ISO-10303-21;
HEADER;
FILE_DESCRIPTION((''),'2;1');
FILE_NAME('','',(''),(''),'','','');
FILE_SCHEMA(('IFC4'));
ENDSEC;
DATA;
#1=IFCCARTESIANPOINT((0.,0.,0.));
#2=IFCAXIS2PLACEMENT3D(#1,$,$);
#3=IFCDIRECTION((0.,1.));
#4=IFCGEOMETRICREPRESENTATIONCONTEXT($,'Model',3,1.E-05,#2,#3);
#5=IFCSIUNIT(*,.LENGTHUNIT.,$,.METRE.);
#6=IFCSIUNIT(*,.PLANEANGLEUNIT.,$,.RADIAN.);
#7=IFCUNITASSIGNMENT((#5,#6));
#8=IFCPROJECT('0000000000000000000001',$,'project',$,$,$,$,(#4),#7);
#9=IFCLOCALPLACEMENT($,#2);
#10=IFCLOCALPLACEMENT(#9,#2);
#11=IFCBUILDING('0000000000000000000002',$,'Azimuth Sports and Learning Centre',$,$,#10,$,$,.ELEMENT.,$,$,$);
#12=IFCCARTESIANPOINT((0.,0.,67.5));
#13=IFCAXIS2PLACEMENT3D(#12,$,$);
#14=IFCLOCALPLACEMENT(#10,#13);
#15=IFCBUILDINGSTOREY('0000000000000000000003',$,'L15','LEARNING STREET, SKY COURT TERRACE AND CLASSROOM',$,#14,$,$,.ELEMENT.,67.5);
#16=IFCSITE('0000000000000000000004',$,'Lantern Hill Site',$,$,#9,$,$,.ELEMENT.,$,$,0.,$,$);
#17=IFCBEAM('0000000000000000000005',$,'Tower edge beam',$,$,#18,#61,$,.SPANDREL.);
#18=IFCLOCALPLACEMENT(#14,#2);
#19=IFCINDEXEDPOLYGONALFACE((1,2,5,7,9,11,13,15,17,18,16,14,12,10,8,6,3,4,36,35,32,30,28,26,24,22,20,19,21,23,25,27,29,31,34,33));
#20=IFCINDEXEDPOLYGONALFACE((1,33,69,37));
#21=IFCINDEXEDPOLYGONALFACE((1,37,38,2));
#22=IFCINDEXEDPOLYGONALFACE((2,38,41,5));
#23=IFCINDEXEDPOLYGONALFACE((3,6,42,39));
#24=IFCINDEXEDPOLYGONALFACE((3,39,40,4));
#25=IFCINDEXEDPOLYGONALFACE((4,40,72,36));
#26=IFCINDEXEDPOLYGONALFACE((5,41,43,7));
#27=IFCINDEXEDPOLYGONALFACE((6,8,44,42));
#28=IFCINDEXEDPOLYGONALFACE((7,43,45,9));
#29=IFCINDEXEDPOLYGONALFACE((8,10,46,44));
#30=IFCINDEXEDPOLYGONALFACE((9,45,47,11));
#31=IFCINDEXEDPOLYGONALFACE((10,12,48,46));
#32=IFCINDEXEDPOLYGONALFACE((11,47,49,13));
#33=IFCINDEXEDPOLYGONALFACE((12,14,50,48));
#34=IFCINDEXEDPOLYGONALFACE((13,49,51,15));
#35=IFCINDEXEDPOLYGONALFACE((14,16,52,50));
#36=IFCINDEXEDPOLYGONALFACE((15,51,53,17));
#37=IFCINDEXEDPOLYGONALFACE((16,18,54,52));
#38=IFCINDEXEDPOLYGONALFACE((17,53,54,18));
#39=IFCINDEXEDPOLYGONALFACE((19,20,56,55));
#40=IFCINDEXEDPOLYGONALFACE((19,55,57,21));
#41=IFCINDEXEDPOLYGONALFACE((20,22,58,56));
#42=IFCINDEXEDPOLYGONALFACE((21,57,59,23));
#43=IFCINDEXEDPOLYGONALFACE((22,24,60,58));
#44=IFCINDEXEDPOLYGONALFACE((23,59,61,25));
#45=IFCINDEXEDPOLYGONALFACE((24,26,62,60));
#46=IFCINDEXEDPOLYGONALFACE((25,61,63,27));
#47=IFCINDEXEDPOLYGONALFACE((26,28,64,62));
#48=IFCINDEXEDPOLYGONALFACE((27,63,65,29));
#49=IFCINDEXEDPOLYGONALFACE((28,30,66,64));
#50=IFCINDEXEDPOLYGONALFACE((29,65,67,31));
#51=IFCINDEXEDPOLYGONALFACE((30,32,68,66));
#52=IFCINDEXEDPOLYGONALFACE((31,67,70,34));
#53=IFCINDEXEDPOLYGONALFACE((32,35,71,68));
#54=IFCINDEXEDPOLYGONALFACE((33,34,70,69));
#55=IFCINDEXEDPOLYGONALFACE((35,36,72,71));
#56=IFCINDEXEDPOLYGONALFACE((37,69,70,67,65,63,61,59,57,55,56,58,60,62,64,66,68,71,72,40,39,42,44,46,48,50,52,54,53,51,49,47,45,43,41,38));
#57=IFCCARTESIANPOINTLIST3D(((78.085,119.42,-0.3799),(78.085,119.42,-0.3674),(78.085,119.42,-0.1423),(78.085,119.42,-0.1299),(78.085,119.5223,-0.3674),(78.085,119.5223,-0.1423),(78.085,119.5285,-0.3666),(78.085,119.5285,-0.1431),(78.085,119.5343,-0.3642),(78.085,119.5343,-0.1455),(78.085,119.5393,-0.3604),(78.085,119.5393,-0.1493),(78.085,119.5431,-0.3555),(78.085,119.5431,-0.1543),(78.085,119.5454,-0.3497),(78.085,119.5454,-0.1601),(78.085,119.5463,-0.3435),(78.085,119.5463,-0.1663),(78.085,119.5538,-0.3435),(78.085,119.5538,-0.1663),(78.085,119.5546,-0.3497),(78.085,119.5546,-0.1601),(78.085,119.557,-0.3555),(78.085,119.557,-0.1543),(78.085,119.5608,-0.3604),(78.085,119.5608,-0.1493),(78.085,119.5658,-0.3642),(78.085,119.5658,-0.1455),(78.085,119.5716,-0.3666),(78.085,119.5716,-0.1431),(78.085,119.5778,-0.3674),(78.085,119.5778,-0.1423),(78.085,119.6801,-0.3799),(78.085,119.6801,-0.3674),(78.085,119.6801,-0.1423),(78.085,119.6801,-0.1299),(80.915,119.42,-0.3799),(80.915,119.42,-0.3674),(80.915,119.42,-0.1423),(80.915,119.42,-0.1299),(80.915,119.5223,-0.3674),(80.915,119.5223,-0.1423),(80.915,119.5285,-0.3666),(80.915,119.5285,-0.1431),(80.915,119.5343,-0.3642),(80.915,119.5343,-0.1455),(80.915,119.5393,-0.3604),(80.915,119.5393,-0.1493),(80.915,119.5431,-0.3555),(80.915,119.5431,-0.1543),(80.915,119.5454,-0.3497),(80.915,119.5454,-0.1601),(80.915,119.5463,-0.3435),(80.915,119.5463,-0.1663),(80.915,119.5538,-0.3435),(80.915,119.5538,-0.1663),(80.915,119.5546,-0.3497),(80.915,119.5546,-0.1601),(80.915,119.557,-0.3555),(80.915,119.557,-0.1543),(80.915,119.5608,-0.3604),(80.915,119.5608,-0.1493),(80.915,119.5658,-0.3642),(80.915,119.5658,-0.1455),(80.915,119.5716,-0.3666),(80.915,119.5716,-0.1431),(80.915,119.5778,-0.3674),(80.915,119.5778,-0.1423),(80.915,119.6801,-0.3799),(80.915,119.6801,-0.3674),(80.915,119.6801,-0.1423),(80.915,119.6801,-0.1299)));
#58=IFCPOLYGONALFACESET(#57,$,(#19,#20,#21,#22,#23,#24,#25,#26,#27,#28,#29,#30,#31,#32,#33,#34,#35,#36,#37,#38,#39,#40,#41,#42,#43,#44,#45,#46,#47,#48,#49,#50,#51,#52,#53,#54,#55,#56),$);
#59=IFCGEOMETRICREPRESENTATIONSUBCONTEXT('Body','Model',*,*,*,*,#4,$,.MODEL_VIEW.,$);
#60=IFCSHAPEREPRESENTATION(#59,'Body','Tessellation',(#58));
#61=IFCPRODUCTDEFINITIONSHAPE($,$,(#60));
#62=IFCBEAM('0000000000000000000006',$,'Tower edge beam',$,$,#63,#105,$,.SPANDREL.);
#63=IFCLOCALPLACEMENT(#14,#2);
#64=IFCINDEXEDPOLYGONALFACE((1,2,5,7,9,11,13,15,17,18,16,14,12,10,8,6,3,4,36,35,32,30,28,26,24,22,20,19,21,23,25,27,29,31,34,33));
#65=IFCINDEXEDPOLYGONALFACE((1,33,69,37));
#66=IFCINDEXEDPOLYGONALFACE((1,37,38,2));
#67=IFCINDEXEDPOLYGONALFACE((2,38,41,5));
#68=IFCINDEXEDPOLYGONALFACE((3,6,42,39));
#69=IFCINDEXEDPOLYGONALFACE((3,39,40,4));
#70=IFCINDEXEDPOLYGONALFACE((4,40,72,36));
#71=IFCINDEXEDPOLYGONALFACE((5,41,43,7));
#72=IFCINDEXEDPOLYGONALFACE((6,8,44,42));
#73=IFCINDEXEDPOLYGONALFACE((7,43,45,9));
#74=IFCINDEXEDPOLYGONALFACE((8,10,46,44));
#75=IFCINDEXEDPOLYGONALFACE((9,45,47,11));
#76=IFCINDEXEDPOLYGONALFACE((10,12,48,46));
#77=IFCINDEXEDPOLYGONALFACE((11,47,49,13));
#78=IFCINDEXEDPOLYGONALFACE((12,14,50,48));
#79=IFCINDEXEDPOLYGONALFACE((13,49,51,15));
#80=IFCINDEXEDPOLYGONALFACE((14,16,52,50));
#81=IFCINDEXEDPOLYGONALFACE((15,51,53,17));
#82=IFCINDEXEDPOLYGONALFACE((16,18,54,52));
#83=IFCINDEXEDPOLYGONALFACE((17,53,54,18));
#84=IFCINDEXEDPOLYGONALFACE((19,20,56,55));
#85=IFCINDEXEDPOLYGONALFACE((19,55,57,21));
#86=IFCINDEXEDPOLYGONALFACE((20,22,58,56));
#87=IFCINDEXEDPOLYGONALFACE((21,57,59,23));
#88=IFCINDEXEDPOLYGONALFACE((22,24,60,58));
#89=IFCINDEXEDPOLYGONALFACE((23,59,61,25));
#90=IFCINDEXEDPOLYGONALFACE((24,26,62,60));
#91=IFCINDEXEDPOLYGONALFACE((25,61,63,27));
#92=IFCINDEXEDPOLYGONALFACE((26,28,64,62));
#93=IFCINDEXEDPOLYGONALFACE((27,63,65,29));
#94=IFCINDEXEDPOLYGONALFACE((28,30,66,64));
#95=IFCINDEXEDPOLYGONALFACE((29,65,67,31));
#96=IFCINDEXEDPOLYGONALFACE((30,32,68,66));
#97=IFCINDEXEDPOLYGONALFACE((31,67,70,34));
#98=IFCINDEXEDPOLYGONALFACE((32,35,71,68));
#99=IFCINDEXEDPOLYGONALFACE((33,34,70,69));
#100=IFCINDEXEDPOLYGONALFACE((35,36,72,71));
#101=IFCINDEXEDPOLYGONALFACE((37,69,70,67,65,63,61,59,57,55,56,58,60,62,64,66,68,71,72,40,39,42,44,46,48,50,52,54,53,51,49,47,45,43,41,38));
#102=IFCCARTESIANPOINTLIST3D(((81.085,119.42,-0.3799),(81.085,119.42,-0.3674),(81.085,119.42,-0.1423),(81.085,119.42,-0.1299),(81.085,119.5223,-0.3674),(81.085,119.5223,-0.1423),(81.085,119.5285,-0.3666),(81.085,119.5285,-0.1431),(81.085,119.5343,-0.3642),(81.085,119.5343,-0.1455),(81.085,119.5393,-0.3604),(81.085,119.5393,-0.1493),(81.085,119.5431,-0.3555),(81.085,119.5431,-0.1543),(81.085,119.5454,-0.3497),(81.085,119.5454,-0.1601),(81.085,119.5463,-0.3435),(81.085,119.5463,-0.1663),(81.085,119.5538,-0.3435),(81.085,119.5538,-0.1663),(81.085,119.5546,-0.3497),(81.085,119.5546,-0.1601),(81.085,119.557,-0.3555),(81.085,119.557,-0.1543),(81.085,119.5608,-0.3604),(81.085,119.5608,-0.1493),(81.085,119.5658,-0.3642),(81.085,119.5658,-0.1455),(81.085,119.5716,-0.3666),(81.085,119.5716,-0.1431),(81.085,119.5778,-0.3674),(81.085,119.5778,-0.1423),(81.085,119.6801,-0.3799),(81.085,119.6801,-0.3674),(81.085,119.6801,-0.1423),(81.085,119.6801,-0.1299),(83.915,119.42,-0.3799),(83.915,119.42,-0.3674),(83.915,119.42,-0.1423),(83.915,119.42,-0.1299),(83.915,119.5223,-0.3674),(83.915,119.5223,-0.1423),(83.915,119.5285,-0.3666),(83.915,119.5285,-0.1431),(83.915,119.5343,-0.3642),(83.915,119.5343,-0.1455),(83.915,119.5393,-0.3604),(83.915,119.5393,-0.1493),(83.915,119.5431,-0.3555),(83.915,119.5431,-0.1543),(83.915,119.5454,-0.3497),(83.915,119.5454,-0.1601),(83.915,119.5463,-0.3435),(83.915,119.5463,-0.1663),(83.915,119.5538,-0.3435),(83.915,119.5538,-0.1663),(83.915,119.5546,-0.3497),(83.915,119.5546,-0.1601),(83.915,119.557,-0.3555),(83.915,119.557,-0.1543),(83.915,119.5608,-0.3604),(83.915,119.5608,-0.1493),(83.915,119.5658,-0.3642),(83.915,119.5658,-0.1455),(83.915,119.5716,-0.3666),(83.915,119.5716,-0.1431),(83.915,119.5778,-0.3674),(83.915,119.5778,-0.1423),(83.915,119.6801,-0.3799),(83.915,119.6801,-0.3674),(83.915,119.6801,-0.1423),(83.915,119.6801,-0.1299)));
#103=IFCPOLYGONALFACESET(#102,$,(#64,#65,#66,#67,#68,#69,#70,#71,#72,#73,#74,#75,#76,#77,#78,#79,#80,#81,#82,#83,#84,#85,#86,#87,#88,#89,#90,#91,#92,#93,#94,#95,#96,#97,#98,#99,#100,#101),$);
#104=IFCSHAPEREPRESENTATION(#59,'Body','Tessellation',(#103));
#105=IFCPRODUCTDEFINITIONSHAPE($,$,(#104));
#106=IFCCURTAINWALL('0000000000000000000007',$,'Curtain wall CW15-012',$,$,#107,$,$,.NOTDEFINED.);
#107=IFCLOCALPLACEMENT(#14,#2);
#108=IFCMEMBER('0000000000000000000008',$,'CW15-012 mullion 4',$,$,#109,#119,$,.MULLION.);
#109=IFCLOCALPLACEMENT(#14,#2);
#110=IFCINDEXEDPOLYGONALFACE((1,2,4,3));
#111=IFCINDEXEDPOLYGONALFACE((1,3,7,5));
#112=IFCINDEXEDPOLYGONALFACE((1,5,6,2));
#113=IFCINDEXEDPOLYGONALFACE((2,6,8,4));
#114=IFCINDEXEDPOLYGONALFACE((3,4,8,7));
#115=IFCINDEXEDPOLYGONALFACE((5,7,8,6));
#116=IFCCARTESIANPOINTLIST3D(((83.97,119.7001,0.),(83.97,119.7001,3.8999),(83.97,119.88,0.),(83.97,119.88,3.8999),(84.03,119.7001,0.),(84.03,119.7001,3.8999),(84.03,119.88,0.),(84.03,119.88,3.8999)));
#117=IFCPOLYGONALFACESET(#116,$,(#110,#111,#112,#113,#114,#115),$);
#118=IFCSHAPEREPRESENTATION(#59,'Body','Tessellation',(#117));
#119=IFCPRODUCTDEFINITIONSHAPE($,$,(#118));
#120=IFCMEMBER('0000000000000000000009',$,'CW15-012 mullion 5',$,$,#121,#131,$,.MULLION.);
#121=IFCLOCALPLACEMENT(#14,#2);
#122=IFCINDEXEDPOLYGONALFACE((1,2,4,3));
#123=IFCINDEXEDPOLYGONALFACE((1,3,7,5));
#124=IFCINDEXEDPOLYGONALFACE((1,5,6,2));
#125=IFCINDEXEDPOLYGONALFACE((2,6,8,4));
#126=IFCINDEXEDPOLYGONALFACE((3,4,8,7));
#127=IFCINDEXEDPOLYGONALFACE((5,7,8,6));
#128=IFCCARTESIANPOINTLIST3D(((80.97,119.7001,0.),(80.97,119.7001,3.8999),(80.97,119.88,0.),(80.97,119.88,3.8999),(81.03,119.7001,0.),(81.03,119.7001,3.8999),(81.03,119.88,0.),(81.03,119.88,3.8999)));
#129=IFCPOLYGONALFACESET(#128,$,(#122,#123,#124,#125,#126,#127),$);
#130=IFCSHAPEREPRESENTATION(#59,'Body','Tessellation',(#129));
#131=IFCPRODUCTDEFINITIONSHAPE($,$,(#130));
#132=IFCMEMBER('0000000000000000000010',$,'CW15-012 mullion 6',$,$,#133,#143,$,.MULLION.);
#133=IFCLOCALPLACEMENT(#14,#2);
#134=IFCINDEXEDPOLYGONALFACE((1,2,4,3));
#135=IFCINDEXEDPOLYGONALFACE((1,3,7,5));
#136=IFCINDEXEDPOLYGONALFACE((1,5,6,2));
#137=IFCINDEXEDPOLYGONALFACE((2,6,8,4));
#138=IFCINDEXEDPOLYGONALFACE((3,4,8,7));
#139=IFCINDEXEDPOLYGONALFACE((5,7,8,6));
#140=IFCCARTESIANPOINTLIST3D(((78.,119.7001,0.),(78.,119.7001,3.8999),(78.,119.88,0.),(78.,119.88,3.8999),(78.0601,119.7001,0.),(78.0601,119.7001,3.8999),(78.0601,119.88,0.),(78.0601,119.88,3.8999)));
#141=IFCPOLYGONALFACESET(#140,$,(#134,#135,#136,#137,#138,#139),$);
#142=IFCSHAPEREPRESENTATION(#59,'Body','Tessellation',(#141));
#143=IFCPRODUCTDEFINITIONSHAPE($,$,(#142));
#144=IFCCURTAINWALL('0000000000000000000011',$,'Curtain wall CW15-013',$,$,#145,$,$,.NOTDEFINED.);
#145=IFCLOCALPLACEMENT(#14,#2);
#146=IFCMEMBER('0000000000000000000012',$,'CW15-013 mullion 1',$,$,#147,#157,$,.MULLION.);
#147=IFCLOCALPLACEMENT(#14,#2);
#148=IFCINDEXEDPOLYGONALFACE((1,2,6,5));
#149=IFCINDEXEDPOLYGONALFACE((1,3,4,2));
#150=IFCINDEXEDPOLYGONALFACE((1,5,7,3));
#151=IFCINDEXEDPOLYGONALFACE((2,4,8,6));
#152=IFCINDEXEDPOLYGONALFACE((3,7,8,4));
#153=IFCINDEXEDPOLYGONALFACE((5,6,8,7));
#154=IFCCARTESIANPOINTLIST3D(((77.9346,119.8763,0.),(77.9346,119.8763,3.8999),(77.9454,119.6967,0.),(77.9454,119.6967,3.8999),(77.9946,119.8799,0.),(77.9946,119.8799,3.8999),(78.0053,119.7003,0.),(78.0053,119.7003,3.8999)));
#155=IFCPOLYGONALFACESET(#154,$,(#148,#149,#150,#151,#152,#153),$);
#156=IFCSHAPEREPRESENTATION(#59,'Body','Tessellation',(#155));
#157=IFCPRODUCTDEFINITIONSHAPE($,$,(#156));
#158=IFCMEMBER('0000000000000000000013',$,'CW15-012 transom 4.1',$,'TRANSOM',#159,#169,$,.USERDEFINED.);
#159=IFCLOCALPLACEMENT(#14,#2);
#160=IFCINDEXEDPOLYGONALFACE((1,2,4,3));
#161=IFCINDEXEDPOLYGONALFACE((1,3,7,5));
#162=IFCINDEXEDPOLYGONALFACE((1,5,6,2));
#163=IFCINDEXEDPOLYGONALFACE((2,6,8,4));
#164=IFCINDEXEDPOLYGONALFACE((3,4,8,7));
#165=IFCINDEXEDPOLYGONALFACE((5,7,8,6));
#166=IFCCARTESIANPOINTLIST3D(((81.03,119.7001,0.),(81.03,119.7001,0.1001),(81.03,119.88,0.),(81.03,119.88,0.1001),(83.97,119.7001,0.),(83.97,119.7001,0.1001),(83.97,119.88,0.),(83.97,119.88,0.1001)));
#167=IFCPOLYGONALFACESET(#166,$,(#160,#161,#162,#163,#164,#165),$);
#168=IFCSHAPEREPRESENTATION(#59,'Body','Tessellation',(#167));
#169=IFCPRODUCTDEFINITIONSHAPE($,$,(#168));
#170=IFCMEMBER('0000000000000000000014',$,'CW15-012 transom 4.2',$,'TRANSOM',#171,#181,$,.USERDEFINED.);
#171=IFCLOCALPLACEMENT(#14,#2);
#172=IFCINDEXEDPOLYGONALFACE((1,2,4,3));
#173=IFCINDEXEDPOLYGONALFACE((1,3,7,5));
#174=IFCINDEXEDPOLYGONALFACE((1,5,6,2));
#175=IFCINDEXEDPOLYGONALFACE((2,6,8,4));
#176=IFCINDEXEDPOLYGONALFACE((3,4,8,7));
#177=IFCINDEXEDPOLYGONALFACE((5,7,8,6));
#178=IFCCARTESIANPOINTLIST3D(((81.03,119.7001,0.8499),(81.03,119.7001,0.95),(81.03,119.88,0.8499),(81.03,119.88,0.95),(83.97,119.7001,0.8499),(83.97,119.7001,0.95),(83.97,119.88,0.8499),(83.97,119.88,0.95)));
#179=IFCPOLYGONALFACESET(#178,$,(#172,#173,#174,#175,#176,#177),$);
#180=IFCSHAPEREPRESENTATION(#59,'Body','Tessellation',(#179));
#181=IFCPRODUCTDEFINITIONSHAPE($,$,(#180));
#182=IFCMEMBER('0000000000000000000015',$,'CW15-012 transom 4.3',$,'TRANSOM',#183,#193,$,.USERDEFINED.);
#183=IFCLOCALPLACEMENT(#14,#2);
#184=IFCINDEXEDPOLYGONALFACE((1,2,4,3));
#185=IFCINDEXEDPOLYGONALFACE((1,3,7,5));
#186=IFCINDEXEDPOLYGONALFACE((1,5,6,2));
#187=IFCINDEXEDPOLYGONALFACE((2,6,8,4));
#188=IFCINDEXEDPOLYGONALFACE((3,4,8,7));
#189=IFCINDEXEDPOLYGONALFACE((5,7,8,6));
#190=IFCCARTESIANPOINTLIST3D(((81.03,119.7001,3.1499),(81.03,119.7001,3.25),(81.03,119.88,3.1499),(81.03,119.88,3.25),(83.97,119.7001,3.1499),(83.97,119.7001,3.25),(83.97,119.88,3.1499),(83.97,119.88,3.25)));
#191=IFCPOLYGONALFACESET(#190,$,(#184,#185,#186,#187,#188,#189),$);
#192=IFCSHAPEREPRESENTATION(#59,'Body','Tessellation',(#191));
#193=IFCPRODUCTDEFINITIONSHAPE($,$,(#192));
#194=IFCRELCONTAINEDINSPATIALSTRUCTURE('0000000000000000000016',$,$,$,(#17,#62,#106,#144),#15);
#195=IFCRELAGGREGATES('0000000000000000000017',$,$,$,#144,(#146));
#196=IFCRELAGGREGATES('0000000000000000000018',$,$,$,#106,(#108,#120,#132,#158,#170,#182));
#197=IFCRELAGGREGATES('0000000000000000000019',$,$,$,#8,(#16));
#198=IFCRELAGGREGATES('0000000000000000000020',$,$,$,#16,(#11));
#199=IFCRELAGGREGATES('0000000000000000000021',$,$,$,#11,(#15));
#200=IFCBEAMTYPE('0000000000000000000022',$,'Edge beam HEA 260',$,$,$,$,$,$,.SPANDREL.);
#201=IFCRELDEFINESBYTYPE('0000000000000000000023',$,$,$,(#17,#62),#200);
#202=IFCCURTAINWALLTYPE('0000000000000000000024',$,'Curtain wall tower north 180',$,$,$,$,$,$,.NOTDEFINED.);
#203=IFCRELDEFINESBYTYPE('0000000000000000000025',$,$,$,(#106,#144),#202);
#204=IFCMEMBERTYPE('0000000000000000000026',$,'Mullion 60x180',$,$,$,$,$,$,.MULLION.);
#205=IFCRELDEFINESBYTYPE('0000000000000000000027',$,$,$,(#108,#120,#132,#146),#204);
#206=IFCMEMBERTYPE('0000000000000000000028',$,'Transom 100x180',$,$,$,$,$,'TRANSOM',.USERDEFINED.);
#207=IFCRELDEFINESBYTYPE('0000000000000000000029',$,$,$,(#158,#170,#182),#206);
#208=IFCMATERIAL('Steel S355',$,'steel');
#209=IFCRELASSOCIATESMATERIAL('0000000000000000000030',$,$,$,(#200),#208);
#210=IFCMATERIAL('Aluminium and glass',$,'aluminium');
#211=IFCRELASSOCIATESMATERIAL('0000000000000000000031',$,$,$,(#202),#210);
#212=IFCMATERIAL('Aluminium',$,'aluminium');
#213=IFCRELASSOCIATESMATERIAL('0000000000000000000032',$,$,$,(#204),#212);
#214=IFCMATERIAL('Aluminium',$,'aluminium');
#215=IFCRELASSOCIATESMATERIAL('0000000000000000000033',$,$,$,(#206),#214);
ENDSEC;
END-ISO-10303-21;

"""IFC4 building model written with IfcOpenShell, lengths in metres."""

from ifc_helpers import new_model, si_unit, direction, frame, origin, origin_2d, place, context, subcontext, project, spatial, rectangle, i_section, extrude, material, material_profile, profile_set, type_object, element, aggregate, save


model = new_model("IFC4")

# Units and contexts
model_context = context("Model", 3, precision=1e-05, world=origin(), true_north=direction((0.0, 1.0)))
body_context = subcontext(model_context, "Body", "Model", "MODEL_VIEW")
ifc_project = project(units=[si_unit("LENGTHUNIT", "METRE"), si_unit("PLANEANGLEUNIT", "RADIAN")], contexts=[model_context])

# Site, building, storey
site_placement = place(None, origin())
site = spatial("IfcSite", under=ifc_project, at=site_placement, Name="Lantern Hill Site", CompositionType="ELEMENT", RefElevation=0.0)
building_placement = place(site_placement, origin())
building = spatial("IfcBuilding", under=site, at=building_placement, Name="Azimuth Sports and Learning Centre", CompositionType="ELEMENT")
storey_placement = place(building_placement, frame((0.0, 0.0, 67.5)))
storey = spatial("IfcBuildingStorey", under=building, at=storey_placement, Name="L15", Description="LEARNING STREET, SKY COURT TERRACE AND CLASSROOM", CompositionType="ELEMENT", Elevation=67.5)

# Beams
ifc_material_1 = material(Name="Steel S355", Category="steel")
ifc_material_profile_1 = material_profile(ifc_material_1, i_section(OverallWidth=0.26, OverallDepth=0.25, WebThickness=0.0076, FlangeThickness=0.0125, FilletRadius=0.0239, at=origin_2d()), Name="HEA 260")
ifc_profile_set_1 = profile_set([ifc_material_profile_1], Name="Steel S355")
beam_type = type_object("IfcBeamType", Name="Edge beam HEA 260", PredefinedType="SPANDREL", material=ifc_profile_set_1)
for number, where, z_axis, x_axis, name in (
    (1, (78.085, 119.55, -0.2549), (1.0, 0.0, 0.0), (0.0, 1.0, 0.0), "Tower edge beam"),
    (2, (81.085, 119.55, -0.2549), (1.0, 0.0, 0.0), (0.0, 1.0, 0.0), "Tower edge beam"),
):
    element("IfcBeam", number, at=place(storey_placement, frame(where, z_axis=z_axis, x_axis=x_axis)), inside=storey, type_object=beam_type, Name=name, PredefinedType="SPANDREL", context=body_context, shape_type="SweptSolid", body=[
        extrude(i_section(OverallWidth=0.26, OverallDepth=0.25, WebThickness=0.0076, FlangeThickness=0.0125, FilletRadius=0.0239, at=origin_2d()), origin(), (0.0, 0.0, 1.0), 2.8301),
    ])

# Curtain wall, members
ifc_material_2 = material(Name="Aluminium and glass", Category="aluminium")
curtain_wall_type = type_object("IfcCurtainWallType", Name="Curtain wall tower north 180", PredefinedType="NOTDEFINED", material=ifc_material_2)
curtain_wall_1_placement = place(storey_placement, origin())
curtain_wall_1 = element("IfcCurtainWall", 3, at=curtain_wall_1_placement, inside=storey, type_object=curtain_wall_type, Name="Curtain wall CW15-012", PredefinedType="NOTDEFINED")
ifc_material_3 = material(Name="Aluminium", Category="aluminium")
ifc_material_profile_2 = material_profile(ifc_material_3, rectangle(XDim=0.1799, YDim=0.0601, at=origin_2d()), Name="Mullion 60x180")
ifc_profile_set_2 = profile_set([ifc_material_profile_2], Name="Aluminium")
member_type_1 = type_object("IfcMemberType", Name="Mullion 60x180", PredefinedType="MULLION", material=ifc_profile_set_2)
member_1_placement = place(storey_placement, frame((84.0, 119.79, 0.0), z_axis=(0.0, 0.0, 1.0), x_axis=(0.0, -1.0, 0.0)))
member_1 = element("IfcMember", 4, at=member_1_placement, type_object=member_type_1, Name="CW15-012 mullion 4", PredefinedType="MULLION", context=body_context, shape_type="SweptSolid", body=[
    extrude(rectangle(XDim=0.1799, YDim=0.0601, at=origin_2d()), origin(), (0.0, 0.0, 1.0), 3.8999),
])
member_2_placement = place(storey_placement, frame((81.0, 119.79, 0.0), z_axis=(0.0, 0.0, 1.0), x_axis=(0.0, -1.0, 0.0)))
member_2 = element("IfcMember", 5, at=member_2_placement, type_object=member_type_1, Name="CW15-012 mullion 5", PredefinedType="MULLION", context=body_context, shape_type="SweptSolid", body=[
    extrude(rectangle(XDim=0.1799, YDim=0.0601, at=origin_2d()), origin(), (0.0, 0.0, 1.0), 3.8999),
])
member_3_placement = place(storey_placement, frame((78.03, 119.79, 0.0), z_axis=(0.0, 0.0, 1.0), x_axis=(0.0, -1.0, 0.0)))
member_3 = element("IfcMember", 6, at=member_3_placement, type_object=member_type_1, Name="CW15-012 mullion 6", PredefinedType="MULLION", context=body_context, shape_type="SweptSolid", body=[
    extrude(rectangle(XDim=0.1799, YDim=0.0601, at=origin_2d()), origin(), (0.0, 0.0, 1.0), 3.8999),
])

# Curtain wall, member
curtain_wall_2_placement = place(storey_placement, origin())
curtain_wall_2 = element("IfcCurtainWall", 7, at=curtain_wall_2_placement, inside=storey, type_object=curtain_wall_type, Name="Curtain wall CW15-013", PredefinedType="NOTDEFINED")
member_4_placement = place(storey_placement, frame((77.97, 119.7883, 0.0), z_axis=(0.0, 0.0, 1.0), x_axis=(0.059892, -0.998205, 0.0)))
member_4 = element("IfcMember", 8, at=member_4_placement, type_object=member_type_1, Name="CW15-013 mullion 1", PredefinedType="MULLION", context=body_context, shape_type="SweptSolid", body=[
    extrude(rectangle(XDim=0.1799, YDim=0.0601, at=origin_2d()), origin(), (0.0, 0.0, 1.0), 3.8999),
])
aggregate(curtain_wall_2, [member_4])

# Members
ifc_material_4 = material(Name="Aluminium", Category="aluminium")
ifc_material_profile_3 = material_profile(ifc_material_4, rectangle(XDim=0.1799, YDim=0.1001, at=origin_2d()), Name="Transom 100x180")
ifc_profile_set_3 = profile_set([ifc_material_profile_3], Name="Aluminium")
member_type_2 = type_object("IfcMemberType", Name="Transom 100x180", ElementType="TRANSOM", PredefinedType="USERDEFINED", material=ifc_profile_set_3)
member_5_placement = place(storey_placement, frame((83.97, 119.79, 0.05), z_axis=(-1.0, 0.0, 0.0), x_axis=(0.0, -1.0, 0.0)))
member_5 = element("IfcMember", 9, at=member_5_placement, type_object=member_type_2, Name="CW15-012 transom 4.1", ObjectType="TRANSOM", PredefinedType="USERDEFINED", context=body_context, shape_type="SweptSolid", body=[
    extrude(rectangle(XDim=0.1799, YDim=0.1001, at=origin_2d()), origin(), (0.0, 0.0, 1.0), 2.9399),
])
member_6_placement = place(storey_placement, frame((83.97, 119.79, 0.8999), z_axis=(-1.0, 0.0, 0.0), x_axis=(0.0, -1.0, 0.0)))
member_6 = element("IfcMember", 10, at=member_6_placement, type_object=member_type_2, Name="CW15-012 transom 4.2", ObjectType="TRANSOM", PredefinedType="USERDEFINED", context=body_context, shape_type="SweptSolid", body=[
    extrude(rectangle(XDim=0.1799, YDim=0.1001, at=origin_2d()), origin(), (0.0, 0.0, 1.0), 2.9399),
])
member_7_placement = place(storey_placement, frame((83.97, 119.79, 3.2), z_axis=(-1.0, 0.0, 0.0), x_axis=(0.0, -1.0, 0.0)))
member_7 = element("IfcMember", 11, at=member_7_placement, type_object=member_type_2, Name="CW15-012 transom 4.3", ObjectType="TRANSOM", PredefinedType="USERDEFINED", context=body_context, shape_type="SweptSolid", body=[
    extrude(rectangle(XDim=0.1799, YDim=0.1001, at=origin_2d()), origin(), (0.0, 0.0, 1.0), 2.9399),
])

aggregate(curtain_wall_1, [member_1, member_2, member_3, member_5, member_6, member_7])

save(model, "model.ifc")
